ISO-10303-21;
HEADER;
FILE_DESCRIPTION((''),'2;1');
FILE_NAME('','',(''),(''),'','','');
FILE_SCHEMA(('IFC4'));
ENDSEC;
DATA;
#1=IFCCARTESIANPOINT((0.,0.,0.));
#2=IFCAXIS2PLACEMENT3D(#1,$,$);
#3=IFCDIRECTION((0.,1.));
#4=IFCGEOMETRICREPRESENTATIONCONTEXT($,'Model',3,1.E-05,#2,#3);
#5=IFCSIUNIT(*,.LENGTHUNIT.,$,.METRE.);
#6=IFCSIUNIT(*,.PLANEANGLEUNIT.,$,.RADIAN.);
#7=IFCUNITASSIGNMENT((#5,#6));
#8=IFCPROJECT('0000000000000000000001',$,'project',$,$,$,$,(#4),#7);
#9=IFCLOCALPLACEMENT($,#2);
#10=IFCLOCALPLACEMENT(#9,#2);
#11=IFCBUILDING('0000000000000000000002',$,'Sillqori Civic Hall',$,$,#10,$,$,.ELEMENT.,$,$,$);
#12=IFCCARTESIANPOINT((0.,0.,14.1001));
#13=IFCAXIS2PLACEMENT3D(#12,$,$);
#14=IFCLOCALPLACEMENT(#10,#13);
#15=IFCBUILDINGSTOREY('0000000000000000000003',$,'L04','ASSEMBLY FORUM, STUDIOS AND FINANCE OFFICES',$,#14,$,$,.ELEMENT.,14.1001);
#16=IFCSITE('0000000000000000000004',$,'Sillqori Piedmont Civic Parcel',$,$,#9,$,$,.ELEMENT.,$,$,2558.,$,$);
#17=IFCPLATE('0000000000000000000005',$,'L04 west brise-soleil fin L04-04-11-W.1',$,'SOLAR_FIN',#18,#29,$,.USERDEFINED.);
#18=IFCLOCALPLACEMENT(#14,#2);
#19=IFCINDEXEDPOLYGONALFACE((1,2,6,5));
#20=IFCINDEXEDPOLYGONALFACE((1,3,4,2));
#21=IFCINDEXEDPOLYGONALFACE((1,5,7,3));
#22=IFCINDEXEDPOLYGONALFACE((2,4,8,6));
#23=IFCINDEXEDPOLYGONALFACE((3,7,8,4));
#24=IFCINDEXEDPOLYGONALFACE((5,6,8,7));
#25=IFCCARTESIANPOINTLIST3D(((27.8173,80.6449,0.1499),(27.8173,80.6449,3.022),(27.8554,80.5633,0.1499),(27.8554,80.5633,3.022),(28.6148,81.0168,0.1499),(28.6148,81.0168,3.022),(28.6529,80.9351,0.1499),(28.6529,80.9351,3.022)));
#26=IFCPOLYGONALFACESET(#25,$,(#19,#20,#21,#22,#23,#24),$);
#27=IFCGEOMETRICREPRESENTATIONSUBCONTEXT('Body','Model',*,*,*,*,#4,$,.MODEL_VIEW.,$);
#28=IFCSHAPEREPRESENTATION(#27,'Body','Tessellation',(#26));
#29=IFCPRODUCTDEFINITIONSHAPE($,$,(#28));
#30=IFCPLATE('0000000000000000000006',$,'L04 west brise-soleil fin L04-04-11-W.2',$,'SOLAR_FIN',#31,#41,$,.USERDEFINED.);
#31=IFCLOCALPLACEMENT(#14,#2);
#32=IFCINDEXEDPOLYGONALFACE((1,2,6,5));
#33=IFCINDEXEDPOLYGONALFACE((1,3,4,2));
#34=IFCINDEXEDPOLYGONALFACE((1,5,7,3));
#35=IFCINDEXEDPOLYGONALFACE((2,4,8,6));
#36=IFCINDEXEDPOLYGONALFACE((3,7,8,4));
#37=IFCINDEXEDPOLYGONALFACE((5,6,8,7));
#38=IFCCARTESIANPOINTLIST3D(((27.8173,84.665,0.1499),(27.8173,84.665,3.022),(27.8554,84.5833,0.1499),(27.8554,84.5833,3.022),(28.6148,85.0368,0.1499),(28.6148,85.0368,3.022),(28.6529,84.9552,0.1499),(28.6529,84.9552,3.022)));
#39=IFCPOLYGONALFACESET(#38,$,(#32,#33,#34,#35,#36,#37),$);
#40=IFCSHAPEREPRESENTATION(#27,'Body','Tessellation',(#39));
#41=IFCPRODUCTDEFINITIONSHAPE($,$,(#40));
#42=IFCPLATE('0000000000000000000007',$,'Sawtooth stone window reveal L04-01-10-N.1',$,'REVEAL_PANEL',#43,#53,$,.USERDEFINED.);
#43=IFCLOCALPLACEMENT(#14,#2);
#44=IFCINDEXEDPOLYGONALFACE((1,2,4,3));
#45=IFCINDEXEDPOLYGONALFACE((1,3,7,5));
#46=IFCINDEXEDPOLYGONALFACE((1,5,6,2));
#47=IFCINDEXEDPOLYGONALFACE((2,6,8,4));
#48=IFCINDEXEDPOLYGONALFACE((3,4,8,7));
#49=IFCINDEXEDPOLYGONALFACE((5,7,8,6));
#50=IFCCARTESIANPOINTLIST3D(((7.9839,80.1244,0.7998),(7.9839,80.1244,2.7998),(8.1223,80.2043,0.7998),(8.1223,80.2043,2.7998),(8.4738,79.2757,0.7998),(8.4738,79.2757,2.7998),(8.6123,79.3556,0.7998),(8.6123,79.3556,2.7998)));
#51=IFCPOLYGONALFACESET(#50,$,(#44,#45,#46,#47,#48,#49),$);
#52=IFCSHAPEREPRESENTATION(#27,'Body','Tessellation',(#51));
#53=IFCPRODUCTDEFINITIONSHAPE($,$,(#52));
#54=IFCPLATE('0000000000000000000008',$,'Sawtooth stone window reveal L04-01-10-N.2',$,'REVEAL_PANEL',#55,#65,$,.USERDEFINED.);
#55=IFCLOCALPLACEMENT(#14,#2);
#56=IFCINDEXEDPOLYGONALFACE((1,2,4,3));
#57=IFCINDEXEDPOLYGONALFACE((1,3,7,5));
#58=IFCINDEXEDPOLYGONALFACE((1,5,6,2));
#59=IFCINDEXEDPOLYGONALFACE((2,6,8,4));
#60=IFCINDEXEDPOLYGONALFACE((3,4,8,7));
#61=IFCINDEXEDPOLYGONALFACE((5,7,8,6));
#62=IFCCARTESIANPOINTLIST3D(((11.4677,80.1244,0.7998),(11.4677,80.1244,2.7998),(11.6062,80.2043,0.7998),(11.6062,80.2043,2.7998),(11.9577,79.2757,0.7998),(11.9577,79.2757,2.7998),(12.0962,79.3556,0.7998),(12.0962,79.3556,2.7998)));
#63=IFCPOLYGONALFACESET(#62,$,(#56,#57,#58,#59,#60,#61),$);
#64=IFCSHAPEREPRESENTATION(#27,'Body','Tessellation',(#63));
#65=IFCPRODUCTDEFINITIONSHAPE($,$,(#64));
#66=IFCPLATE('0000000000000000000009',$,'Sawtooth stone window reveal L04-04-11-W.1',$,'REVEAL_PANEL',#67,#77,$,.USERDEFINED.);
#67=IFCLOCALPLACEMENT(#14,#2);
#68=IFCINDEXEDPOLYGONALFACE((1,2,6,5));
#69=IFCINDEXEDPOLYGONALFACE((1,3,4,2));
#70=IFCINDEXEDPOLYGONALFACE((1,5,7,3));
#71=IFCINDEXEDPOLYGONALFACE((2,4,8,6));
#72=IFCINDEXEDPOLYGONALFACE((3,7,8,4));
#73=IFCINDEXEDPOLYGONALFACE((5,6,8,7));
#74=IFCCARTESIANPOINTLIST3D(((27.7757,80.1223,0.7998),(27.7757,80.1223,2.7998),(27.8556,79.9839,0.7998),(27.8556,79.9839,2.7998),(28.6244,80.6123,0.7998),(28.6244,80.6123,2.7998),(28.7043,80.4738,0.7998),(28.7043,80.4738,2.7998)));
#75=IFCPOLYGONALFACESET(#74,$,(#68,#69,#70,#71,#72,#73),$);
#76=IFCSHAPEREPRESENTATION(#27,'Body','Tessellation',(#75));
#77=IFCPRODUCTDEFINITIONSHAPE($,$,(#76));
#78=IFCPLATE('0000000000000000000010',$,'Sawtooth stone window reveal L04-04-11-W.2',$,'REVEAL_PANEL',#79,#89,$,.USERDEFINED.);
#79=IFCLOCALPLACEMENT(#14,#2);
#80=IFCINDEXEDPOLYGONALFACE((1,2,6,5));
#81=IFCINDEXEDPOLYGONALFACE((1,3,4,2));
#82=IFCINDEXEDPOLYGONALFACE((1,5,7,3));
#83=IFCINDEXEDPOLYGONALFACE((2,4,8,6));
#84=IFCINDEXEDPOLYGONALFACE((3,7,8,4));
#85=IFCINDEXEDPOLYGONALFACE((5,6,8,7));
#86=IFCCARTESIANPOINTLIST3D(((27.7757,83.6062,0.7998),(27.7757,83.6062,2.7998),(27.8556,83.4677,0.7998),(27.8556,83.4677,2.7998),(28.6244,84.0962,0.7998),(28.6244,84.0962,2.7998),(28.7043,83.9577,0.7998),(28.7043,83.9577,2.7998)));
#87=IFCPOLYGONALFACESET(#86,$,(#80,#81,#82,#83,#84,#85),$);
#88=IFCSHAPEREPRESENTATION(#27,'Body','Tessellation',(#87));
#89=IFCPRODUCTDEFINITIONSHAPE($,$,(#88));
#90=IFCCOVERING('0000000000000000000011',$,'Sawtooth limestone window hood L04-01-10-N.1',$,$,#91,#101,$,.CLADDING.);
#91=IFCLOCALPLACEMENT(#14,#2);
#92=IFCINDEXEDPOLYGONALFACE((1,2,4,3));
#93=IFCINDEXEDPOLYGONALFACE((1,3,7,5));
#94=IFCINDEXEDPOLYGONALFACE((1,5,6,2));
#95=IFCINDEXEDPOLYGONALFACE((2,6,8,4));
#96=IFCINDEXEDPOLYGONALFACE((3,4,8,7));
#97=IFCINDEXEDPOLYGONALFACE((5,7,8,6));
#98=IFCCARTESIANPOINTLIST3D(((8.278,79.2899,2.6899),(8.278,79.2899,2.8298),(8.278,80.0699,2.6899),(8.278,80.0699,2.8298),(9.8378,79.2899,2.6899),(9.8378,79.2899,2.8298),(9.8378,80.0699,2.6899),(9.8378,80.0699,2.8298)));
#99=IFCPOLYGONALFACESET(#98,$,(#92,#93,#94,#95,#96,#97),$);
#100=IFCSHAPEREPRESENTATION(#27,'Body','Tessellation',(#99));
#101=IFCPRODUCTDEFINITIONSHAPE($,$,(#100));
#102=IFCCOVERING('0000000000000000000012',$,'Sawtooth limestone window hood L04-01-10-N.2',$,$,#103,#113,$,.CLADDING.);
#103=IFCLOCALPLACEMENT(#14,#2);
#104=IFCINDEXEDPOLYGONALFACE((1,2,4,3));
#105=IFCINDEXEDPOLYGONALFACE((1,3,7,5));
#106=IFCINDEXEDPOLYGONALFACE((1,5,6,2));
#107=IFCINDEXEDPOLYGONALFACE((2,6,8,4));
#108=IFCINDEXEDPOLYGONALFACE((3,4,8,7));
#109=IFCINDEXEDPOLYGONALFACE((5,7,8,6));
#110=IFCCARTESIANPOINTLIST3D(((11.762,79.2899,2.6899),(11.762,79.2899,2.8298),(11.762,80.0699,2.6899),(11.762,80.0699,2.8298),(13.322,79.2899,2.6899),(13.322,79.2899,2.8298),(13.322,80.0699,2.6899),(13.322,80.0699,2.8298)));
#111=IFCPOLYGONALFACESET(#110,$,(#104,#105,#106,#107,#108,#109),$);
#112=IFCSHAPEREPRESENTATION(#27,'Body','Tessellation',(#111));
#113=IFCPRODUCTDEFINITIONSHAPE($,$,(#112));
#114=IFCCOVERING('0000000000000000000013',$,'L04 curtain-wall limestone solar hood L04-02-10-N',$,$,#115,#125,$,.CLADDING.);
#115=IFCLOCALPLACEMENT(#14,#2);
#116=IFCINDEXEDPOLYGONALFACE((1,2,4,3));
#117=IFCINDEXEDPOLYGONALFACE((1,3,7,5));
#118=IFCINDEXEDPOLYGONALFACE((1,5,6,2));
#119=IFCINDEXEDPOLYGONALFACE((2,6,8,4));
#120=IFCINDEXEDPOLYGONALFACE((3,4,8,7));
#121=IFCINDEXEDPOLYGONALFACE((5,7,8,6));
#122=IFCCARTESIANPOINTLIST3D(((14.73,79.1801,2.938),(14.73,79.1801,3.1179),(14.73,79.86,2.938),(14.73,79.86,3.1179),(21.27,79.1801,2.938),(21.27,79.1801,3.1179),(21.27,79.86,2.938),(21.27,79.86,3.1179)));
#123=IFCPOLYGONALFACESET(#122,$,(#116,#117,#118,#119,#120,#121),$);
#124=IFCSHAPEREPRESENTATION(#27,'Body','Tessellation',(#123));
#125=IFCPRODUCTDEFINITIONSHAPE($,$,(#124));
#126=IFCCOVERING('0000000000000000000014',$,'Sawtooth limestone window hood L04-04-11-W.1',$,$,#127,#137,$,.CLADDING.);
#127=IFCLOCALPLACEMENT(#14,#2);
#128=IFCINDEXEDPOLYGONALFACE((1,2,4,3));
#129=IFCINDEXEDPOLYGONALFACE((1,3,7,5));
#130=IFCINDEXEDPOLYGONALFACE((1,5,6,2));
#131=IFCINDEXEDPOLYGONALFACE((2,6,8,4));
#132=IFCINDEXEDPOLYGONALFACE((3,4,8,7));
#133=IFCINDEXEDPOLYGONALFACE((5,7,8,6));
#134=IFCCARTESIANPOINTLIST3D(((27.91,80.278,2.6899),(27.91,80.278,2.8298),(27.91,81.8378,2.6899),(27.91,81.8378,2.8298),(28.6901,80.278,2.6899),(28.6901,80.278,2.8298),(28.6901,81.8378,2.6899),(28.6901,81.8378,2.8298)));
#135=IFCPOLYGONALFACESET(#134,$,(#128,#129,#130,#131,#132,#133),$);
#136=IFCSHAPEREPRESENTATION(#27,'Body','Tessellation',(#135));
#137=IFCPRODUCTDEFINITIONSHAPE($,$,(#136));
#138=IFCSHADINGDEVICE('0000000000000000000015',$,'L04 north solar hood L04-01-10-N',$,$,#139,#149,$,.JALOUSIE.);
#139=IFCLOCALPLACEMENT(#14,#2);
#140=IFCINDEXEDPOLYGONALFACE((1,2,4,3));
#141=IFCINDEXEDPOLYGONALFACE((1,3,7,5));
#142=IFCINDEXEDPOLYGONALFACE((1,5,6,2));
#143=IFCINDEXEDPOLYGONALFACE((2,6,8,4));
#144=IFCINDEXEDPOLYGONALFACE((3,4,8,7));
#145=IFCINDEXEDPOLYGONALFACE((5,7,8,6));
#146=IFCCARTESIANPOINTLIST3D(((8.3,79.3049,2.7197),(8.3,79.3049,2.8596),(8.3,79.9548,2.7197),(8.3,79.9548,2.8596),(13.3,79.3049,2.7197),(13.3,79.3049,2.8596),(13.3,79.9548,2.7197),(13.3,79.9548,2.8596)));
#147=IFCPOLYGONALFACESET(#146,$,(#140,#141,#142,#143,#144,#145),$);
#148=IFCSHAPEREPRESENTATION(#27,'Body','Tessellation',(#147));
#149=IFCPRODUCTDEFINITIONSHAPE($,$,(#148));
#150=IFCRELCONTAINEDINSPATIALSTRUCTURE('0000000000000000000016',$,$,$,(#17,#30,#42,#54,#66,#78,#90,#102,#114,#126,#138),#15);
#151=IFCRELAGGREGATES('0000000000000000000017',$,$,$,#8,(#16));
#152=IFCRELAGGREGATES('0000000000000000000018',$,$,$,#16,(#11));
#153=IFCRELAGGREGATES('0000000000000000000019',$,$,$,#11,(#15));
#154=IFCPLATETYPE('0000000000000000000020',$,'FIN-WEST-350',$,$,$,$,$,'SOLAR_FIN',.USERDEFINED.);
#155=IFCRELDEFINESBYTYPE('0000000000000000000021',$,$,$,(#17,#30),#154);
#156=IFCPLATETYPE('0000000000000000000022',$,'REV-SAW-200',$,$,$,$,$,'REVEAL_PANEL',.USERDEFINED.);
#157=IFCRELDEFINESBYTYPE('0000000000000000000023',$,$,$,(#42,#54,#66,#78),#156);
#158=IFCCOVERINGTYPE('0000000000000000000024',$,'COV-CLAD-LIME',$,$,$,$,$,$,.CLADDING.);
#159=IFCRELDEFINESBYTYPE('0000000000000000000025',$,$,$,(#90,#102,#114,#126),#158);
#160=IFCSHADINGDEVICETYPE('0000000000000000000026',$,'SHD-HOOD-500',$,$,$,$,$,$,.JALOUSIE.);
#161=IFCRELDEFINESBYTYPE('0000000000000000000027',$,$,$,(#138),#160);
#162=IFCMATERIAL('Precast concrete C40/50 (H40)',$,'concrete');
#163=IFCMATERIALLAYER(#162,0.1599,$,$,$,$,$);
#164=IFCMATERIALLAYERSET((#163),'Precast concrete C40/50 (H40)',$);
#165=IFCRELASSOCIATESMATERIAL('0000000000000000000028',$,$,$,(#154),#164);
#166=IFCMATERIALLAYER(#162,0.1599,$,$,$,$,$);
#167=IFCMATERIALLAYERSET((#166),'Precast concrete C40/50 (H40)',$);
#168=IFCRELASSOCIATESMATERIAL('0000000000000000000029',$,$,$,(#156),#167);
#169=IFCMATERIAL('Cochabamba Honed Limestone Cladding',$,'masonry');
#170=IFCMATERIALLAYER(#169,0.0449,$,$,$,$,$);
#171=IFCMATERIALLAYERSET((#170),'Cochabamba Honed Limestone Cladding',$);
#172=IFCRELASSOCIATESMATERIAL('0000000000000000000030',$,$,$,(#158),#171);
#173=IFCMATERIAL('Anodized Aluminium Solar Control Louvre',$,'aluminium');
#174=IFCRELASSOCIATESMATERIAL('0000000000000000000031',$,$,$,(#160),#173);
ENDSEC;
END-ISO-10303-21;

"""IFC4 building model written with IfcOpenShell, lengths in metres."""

from ifc_helpers import new_model, si_unit, direction, frame, frame_2d, origin, origin_2d, place, context, subcontext, project, spatial, rectangle, extrude, material, layer, layer_set, type_object, element, save


model = new_model("IFC4")

# Units and contexts
model_context = context("Model", 3, precision=1e-05, world=origin(), true_north=direction((0.0, 1.0)))
body_context = subcontext(model_context, "Body", "Model", "MODEL_VIEW")
ifc_project = project(units=[si_unit("LENGTHUNIT", "METRE"), si_unit("PLANEANGLEUNIT", "RADIAN")], contexts=[model_context])

# Site, building, storey
site_placement = place(None, origin())
site = spatial("IfcSite", under=ifc_project, at=site_placement, Name="Sillqori Piedmont Civic Parcel", CompositionType="ELEMENT", RefElevation=2558.0)
building_placement = place(site_placement, origin())
building = spatial("IfcBuilding", under=site, at=building_placement, Name="Sillqori Civic Hall", CompositionType="ELEMENT")
storey_placement = place(building_placement, frame((0.0, 0.0, 14.1001)))
storey = spatial("IfcBuildingStorey", under=building, at=storey_placement, Name="L04", Description="ASSEMBLY FORUM, STUDIOS AND FINANCE OFFICES", CompositionType="ELEMENT", Elevation=14.1001)

# Plates
ifc_material_1 = material(Name="Precast concrete C40/50 (H40)", Category="concrete")
ifc_layer_1 = layer(ifc_material_1, 0.1599)
ifc_layer_set_1 = layer_set([ifc_layer_1], Name="Precast concrete C40/50 (H40)")
plate_type_1 = type_object("IfcPlateType", Name="FIN-WEST-350", ElementType="SOLAR_FIN", PredefinedType="USERDEFINED", material=ifc_layer_set_1)
for number, where, z_axis, x_axis, name in (
    (1, (28.2351, 80.79, 0.1499), (0.0, 0.0, 1.0), (-0.422618, 0.906308, 0.0), "L04 west brise-soleil fin L04-04-11-W.1"),
    (2, (28.2351, 84.8101, 0.1499), (0.0, 0.0, 1.0), (-0.422618, 0.906308, 0.0), "L04 west brise-soleil fin L04-04-11-W.2"),
):
    element("IfcPlate", number, at=place(storey_placement, frame(where, z_axis=z_axis, x_axis=x_axis)), inside=storey, type_object=plate_type_1, Name=name, ObjectType="SOLAR_FIN", PredefinedType="USERDEFINED", context=body_context, shape_type="SweptSolid", body=[
        extrude(rectangle(XDim=0.0901, YDim=0.8799, at=origin_2d()), origin(), (0.0, 0.0, 1.0), 2.8721),
    ])
ifc_layer_2 = layer(ifc_material_1, 0.1599)
ifc_layer_set_2 = layer_set([ifc_layer_2], Name="Precast concrete C40/50 (H40)")
plate_type_2 = type_object("IfcPlateType", Name="REV-SAW-200", ElementType="REVEAL_PANEL", PredefinedType="USERDEFINED", material=ifc_layer_set_2)
for number, where, z_axis, x_axis, name in (
    (3, (8.2981, 79.74, 0.7998), (0.0, 0.0, 1.0), (0.866025, 0.5, 0.0), "Sawtooth stone window reveal L04-01-10-N.1"),
    (4, (11.782, 79.74, 0.7998), (0.0, 0.0, 1.0), (0.866025, 0.5, 0.0), "Sawtooth stone window reveal L04-01-10-N.2"),
    (5, (28.24, 80.2981, 0.7998), (0.0, 0.0, 1.0), (-0.5, 0.866025, 0.0), "Sawtooth stone window reveal L04-04-11-W.1"),
    (6, (28.24, 83.782, 0.7998), (0.0, 0.0, 1.0), (-0.5, 0.866025, 0.0), "Sawtooth stone window reveal L04-04-11-W.2"),
):
    element("IfcPlate", number, at=place(storey_placement, frame(where, z_axis=z_axis, x_axis=x_axis)), inside=storey, type_object=plate_type_2, Name=name, ObjectType="REVEAL_PANEL", PredefinedType="USERDEFINED", context=body_context, shape_type="SweptSolid", body=[
        extrude(rectangle(XDim=0.1599, YDim=0.98, at=origin_2d()), origin(), (0.0, 0.0, 1.0), 2.0),
    ])

# Coverings
ifc_material_2 = material(Name="Cochabamba Honed Limestone Cladding", Category="masonry")
ifc_layer_3 = layer(ifc_material_2, 0.0449)
ifc_layer_set_3 = layer_set([ifc_layer_3], Name="Cochabamba Honed Limestone Cladding")
covering_type = type_object("IfcCoveringType", Name="COV-CLAD-LIME", PredefinedType="CLADDING", material=ifc_layer_set_3)
covering_1_placement = place(storey_placement, frame((8.2781, 79.6799, 2.6899), z_axis=(0.0, 0.0, 1.0), x_axis=(1.0, 0.0, 0.0)))
element("IfcCovering", 7, at=covering_1_placement, inside=storey, type_object=covering_type, Name="Sawtooth limestone window hood L04-01-10-N.1", PredefinedType="CLADDING", context=body_context, shape_type="SweptSolid", body=[
    extrude(rectangle(XDim=1.5598, YDim=0.78, at=frame_2d((0.7798, 0.0))), origin(), (0.0, 0.0, 1.0), 0.1399),
])
covering_2_placement = place(storey_placement, frame((11.762, 79.6799, 2.6899), z_axis=(0.0, 0.0, 1.0), x_axis=(1.0, 0.0, 0.0)))
element("IfcCovering", 8, at=covering_2_placement, inside=storey, type_object=covering_type, Name="Sawtooth limestone window hood L04-01-10-N.2", PredefinedType="CLADDING", context=body_context, shape_type="SweptSolid", body=[
    extrude(rectangle(XDim=1.5601, YDim=0.78, at=frame_2d((0.78, 0.0))), origin(), (0.0, 0.0, 1.0), 0.1399),
])
covering_3_placement = place(storey_placement, frame((14.73, 79.52, 2.938), z_axis=(0.0, 0.0, 1.0), x_axis=(1.0, 0.0, 0.0)))
element("IfcCovering", 9, at=covering_3_placement, inside=storey, type_object=covering_type, Name="L04 curtain-wall limestone solar hood L04-02-10-N", PredefinedType="CLADDING", context=body_context, shape_type="SweptSolid", body=[
    extrude(rectangle(XDim=6.54, YDim=0.6799, at=frame_2d((3.27, 0.0))), origin(), (0.0, 0.0, 1.0), 0.1799),
])
covering_4_placement = place(storey_placement, frame((28.3, 80.2781, 2.6899), z_axis=(0.0, 0.0, 1.0), x_axis=(0.0, 1.0, 0.0)))
element("IfcCovering", 10, at=covering_4_placement, inside=storey, type_object=covering_type, Name="Sawtooth limestone window hood L04-04-11-W.1", PredefinedType="CLADDING", context=body_context, shape_type="SweptSolid", body=[
    extrude(rectangle(XDim=1.5598, YDim=0.78, at=frame_2d((0.7798, 0.0))), origin(), (0.0, 0.0, 1.0), 0.1399),
])

# Shading device
ifc_material_3 = material(Name="Anodized Aluminium Solar Control Louvre", Category="aluminium")
shading_device_type = type_object("IfcShadingDeviceType", Name="SHD-HOOD-500", PredefinedType="JALOUSIE", material=ifc_material_3)
shading_device_placement = place(storey_placement, frame((10.8, 79.6299, 2.7197), z_axis=(0.0, 0.0, 1.0), x_axis=(1.0, 0.0, 0.0)))
element("IfcShadingDevice", 11, at=shading_device_placement, inside=storey, type_object=shading_device_type, Name="L04 north solar hood L04-01-10-N", PredefinedType="JALOUSIE", context=body_context, shape_type="SweptSolid", body=[
    extrude(rectangle(XDim=5.0, YDim=0.6499, at=origin_2d()), origin(), (0.0, 0.0, 1.0), 0.1399),
])

save(model, "model.ifc")
